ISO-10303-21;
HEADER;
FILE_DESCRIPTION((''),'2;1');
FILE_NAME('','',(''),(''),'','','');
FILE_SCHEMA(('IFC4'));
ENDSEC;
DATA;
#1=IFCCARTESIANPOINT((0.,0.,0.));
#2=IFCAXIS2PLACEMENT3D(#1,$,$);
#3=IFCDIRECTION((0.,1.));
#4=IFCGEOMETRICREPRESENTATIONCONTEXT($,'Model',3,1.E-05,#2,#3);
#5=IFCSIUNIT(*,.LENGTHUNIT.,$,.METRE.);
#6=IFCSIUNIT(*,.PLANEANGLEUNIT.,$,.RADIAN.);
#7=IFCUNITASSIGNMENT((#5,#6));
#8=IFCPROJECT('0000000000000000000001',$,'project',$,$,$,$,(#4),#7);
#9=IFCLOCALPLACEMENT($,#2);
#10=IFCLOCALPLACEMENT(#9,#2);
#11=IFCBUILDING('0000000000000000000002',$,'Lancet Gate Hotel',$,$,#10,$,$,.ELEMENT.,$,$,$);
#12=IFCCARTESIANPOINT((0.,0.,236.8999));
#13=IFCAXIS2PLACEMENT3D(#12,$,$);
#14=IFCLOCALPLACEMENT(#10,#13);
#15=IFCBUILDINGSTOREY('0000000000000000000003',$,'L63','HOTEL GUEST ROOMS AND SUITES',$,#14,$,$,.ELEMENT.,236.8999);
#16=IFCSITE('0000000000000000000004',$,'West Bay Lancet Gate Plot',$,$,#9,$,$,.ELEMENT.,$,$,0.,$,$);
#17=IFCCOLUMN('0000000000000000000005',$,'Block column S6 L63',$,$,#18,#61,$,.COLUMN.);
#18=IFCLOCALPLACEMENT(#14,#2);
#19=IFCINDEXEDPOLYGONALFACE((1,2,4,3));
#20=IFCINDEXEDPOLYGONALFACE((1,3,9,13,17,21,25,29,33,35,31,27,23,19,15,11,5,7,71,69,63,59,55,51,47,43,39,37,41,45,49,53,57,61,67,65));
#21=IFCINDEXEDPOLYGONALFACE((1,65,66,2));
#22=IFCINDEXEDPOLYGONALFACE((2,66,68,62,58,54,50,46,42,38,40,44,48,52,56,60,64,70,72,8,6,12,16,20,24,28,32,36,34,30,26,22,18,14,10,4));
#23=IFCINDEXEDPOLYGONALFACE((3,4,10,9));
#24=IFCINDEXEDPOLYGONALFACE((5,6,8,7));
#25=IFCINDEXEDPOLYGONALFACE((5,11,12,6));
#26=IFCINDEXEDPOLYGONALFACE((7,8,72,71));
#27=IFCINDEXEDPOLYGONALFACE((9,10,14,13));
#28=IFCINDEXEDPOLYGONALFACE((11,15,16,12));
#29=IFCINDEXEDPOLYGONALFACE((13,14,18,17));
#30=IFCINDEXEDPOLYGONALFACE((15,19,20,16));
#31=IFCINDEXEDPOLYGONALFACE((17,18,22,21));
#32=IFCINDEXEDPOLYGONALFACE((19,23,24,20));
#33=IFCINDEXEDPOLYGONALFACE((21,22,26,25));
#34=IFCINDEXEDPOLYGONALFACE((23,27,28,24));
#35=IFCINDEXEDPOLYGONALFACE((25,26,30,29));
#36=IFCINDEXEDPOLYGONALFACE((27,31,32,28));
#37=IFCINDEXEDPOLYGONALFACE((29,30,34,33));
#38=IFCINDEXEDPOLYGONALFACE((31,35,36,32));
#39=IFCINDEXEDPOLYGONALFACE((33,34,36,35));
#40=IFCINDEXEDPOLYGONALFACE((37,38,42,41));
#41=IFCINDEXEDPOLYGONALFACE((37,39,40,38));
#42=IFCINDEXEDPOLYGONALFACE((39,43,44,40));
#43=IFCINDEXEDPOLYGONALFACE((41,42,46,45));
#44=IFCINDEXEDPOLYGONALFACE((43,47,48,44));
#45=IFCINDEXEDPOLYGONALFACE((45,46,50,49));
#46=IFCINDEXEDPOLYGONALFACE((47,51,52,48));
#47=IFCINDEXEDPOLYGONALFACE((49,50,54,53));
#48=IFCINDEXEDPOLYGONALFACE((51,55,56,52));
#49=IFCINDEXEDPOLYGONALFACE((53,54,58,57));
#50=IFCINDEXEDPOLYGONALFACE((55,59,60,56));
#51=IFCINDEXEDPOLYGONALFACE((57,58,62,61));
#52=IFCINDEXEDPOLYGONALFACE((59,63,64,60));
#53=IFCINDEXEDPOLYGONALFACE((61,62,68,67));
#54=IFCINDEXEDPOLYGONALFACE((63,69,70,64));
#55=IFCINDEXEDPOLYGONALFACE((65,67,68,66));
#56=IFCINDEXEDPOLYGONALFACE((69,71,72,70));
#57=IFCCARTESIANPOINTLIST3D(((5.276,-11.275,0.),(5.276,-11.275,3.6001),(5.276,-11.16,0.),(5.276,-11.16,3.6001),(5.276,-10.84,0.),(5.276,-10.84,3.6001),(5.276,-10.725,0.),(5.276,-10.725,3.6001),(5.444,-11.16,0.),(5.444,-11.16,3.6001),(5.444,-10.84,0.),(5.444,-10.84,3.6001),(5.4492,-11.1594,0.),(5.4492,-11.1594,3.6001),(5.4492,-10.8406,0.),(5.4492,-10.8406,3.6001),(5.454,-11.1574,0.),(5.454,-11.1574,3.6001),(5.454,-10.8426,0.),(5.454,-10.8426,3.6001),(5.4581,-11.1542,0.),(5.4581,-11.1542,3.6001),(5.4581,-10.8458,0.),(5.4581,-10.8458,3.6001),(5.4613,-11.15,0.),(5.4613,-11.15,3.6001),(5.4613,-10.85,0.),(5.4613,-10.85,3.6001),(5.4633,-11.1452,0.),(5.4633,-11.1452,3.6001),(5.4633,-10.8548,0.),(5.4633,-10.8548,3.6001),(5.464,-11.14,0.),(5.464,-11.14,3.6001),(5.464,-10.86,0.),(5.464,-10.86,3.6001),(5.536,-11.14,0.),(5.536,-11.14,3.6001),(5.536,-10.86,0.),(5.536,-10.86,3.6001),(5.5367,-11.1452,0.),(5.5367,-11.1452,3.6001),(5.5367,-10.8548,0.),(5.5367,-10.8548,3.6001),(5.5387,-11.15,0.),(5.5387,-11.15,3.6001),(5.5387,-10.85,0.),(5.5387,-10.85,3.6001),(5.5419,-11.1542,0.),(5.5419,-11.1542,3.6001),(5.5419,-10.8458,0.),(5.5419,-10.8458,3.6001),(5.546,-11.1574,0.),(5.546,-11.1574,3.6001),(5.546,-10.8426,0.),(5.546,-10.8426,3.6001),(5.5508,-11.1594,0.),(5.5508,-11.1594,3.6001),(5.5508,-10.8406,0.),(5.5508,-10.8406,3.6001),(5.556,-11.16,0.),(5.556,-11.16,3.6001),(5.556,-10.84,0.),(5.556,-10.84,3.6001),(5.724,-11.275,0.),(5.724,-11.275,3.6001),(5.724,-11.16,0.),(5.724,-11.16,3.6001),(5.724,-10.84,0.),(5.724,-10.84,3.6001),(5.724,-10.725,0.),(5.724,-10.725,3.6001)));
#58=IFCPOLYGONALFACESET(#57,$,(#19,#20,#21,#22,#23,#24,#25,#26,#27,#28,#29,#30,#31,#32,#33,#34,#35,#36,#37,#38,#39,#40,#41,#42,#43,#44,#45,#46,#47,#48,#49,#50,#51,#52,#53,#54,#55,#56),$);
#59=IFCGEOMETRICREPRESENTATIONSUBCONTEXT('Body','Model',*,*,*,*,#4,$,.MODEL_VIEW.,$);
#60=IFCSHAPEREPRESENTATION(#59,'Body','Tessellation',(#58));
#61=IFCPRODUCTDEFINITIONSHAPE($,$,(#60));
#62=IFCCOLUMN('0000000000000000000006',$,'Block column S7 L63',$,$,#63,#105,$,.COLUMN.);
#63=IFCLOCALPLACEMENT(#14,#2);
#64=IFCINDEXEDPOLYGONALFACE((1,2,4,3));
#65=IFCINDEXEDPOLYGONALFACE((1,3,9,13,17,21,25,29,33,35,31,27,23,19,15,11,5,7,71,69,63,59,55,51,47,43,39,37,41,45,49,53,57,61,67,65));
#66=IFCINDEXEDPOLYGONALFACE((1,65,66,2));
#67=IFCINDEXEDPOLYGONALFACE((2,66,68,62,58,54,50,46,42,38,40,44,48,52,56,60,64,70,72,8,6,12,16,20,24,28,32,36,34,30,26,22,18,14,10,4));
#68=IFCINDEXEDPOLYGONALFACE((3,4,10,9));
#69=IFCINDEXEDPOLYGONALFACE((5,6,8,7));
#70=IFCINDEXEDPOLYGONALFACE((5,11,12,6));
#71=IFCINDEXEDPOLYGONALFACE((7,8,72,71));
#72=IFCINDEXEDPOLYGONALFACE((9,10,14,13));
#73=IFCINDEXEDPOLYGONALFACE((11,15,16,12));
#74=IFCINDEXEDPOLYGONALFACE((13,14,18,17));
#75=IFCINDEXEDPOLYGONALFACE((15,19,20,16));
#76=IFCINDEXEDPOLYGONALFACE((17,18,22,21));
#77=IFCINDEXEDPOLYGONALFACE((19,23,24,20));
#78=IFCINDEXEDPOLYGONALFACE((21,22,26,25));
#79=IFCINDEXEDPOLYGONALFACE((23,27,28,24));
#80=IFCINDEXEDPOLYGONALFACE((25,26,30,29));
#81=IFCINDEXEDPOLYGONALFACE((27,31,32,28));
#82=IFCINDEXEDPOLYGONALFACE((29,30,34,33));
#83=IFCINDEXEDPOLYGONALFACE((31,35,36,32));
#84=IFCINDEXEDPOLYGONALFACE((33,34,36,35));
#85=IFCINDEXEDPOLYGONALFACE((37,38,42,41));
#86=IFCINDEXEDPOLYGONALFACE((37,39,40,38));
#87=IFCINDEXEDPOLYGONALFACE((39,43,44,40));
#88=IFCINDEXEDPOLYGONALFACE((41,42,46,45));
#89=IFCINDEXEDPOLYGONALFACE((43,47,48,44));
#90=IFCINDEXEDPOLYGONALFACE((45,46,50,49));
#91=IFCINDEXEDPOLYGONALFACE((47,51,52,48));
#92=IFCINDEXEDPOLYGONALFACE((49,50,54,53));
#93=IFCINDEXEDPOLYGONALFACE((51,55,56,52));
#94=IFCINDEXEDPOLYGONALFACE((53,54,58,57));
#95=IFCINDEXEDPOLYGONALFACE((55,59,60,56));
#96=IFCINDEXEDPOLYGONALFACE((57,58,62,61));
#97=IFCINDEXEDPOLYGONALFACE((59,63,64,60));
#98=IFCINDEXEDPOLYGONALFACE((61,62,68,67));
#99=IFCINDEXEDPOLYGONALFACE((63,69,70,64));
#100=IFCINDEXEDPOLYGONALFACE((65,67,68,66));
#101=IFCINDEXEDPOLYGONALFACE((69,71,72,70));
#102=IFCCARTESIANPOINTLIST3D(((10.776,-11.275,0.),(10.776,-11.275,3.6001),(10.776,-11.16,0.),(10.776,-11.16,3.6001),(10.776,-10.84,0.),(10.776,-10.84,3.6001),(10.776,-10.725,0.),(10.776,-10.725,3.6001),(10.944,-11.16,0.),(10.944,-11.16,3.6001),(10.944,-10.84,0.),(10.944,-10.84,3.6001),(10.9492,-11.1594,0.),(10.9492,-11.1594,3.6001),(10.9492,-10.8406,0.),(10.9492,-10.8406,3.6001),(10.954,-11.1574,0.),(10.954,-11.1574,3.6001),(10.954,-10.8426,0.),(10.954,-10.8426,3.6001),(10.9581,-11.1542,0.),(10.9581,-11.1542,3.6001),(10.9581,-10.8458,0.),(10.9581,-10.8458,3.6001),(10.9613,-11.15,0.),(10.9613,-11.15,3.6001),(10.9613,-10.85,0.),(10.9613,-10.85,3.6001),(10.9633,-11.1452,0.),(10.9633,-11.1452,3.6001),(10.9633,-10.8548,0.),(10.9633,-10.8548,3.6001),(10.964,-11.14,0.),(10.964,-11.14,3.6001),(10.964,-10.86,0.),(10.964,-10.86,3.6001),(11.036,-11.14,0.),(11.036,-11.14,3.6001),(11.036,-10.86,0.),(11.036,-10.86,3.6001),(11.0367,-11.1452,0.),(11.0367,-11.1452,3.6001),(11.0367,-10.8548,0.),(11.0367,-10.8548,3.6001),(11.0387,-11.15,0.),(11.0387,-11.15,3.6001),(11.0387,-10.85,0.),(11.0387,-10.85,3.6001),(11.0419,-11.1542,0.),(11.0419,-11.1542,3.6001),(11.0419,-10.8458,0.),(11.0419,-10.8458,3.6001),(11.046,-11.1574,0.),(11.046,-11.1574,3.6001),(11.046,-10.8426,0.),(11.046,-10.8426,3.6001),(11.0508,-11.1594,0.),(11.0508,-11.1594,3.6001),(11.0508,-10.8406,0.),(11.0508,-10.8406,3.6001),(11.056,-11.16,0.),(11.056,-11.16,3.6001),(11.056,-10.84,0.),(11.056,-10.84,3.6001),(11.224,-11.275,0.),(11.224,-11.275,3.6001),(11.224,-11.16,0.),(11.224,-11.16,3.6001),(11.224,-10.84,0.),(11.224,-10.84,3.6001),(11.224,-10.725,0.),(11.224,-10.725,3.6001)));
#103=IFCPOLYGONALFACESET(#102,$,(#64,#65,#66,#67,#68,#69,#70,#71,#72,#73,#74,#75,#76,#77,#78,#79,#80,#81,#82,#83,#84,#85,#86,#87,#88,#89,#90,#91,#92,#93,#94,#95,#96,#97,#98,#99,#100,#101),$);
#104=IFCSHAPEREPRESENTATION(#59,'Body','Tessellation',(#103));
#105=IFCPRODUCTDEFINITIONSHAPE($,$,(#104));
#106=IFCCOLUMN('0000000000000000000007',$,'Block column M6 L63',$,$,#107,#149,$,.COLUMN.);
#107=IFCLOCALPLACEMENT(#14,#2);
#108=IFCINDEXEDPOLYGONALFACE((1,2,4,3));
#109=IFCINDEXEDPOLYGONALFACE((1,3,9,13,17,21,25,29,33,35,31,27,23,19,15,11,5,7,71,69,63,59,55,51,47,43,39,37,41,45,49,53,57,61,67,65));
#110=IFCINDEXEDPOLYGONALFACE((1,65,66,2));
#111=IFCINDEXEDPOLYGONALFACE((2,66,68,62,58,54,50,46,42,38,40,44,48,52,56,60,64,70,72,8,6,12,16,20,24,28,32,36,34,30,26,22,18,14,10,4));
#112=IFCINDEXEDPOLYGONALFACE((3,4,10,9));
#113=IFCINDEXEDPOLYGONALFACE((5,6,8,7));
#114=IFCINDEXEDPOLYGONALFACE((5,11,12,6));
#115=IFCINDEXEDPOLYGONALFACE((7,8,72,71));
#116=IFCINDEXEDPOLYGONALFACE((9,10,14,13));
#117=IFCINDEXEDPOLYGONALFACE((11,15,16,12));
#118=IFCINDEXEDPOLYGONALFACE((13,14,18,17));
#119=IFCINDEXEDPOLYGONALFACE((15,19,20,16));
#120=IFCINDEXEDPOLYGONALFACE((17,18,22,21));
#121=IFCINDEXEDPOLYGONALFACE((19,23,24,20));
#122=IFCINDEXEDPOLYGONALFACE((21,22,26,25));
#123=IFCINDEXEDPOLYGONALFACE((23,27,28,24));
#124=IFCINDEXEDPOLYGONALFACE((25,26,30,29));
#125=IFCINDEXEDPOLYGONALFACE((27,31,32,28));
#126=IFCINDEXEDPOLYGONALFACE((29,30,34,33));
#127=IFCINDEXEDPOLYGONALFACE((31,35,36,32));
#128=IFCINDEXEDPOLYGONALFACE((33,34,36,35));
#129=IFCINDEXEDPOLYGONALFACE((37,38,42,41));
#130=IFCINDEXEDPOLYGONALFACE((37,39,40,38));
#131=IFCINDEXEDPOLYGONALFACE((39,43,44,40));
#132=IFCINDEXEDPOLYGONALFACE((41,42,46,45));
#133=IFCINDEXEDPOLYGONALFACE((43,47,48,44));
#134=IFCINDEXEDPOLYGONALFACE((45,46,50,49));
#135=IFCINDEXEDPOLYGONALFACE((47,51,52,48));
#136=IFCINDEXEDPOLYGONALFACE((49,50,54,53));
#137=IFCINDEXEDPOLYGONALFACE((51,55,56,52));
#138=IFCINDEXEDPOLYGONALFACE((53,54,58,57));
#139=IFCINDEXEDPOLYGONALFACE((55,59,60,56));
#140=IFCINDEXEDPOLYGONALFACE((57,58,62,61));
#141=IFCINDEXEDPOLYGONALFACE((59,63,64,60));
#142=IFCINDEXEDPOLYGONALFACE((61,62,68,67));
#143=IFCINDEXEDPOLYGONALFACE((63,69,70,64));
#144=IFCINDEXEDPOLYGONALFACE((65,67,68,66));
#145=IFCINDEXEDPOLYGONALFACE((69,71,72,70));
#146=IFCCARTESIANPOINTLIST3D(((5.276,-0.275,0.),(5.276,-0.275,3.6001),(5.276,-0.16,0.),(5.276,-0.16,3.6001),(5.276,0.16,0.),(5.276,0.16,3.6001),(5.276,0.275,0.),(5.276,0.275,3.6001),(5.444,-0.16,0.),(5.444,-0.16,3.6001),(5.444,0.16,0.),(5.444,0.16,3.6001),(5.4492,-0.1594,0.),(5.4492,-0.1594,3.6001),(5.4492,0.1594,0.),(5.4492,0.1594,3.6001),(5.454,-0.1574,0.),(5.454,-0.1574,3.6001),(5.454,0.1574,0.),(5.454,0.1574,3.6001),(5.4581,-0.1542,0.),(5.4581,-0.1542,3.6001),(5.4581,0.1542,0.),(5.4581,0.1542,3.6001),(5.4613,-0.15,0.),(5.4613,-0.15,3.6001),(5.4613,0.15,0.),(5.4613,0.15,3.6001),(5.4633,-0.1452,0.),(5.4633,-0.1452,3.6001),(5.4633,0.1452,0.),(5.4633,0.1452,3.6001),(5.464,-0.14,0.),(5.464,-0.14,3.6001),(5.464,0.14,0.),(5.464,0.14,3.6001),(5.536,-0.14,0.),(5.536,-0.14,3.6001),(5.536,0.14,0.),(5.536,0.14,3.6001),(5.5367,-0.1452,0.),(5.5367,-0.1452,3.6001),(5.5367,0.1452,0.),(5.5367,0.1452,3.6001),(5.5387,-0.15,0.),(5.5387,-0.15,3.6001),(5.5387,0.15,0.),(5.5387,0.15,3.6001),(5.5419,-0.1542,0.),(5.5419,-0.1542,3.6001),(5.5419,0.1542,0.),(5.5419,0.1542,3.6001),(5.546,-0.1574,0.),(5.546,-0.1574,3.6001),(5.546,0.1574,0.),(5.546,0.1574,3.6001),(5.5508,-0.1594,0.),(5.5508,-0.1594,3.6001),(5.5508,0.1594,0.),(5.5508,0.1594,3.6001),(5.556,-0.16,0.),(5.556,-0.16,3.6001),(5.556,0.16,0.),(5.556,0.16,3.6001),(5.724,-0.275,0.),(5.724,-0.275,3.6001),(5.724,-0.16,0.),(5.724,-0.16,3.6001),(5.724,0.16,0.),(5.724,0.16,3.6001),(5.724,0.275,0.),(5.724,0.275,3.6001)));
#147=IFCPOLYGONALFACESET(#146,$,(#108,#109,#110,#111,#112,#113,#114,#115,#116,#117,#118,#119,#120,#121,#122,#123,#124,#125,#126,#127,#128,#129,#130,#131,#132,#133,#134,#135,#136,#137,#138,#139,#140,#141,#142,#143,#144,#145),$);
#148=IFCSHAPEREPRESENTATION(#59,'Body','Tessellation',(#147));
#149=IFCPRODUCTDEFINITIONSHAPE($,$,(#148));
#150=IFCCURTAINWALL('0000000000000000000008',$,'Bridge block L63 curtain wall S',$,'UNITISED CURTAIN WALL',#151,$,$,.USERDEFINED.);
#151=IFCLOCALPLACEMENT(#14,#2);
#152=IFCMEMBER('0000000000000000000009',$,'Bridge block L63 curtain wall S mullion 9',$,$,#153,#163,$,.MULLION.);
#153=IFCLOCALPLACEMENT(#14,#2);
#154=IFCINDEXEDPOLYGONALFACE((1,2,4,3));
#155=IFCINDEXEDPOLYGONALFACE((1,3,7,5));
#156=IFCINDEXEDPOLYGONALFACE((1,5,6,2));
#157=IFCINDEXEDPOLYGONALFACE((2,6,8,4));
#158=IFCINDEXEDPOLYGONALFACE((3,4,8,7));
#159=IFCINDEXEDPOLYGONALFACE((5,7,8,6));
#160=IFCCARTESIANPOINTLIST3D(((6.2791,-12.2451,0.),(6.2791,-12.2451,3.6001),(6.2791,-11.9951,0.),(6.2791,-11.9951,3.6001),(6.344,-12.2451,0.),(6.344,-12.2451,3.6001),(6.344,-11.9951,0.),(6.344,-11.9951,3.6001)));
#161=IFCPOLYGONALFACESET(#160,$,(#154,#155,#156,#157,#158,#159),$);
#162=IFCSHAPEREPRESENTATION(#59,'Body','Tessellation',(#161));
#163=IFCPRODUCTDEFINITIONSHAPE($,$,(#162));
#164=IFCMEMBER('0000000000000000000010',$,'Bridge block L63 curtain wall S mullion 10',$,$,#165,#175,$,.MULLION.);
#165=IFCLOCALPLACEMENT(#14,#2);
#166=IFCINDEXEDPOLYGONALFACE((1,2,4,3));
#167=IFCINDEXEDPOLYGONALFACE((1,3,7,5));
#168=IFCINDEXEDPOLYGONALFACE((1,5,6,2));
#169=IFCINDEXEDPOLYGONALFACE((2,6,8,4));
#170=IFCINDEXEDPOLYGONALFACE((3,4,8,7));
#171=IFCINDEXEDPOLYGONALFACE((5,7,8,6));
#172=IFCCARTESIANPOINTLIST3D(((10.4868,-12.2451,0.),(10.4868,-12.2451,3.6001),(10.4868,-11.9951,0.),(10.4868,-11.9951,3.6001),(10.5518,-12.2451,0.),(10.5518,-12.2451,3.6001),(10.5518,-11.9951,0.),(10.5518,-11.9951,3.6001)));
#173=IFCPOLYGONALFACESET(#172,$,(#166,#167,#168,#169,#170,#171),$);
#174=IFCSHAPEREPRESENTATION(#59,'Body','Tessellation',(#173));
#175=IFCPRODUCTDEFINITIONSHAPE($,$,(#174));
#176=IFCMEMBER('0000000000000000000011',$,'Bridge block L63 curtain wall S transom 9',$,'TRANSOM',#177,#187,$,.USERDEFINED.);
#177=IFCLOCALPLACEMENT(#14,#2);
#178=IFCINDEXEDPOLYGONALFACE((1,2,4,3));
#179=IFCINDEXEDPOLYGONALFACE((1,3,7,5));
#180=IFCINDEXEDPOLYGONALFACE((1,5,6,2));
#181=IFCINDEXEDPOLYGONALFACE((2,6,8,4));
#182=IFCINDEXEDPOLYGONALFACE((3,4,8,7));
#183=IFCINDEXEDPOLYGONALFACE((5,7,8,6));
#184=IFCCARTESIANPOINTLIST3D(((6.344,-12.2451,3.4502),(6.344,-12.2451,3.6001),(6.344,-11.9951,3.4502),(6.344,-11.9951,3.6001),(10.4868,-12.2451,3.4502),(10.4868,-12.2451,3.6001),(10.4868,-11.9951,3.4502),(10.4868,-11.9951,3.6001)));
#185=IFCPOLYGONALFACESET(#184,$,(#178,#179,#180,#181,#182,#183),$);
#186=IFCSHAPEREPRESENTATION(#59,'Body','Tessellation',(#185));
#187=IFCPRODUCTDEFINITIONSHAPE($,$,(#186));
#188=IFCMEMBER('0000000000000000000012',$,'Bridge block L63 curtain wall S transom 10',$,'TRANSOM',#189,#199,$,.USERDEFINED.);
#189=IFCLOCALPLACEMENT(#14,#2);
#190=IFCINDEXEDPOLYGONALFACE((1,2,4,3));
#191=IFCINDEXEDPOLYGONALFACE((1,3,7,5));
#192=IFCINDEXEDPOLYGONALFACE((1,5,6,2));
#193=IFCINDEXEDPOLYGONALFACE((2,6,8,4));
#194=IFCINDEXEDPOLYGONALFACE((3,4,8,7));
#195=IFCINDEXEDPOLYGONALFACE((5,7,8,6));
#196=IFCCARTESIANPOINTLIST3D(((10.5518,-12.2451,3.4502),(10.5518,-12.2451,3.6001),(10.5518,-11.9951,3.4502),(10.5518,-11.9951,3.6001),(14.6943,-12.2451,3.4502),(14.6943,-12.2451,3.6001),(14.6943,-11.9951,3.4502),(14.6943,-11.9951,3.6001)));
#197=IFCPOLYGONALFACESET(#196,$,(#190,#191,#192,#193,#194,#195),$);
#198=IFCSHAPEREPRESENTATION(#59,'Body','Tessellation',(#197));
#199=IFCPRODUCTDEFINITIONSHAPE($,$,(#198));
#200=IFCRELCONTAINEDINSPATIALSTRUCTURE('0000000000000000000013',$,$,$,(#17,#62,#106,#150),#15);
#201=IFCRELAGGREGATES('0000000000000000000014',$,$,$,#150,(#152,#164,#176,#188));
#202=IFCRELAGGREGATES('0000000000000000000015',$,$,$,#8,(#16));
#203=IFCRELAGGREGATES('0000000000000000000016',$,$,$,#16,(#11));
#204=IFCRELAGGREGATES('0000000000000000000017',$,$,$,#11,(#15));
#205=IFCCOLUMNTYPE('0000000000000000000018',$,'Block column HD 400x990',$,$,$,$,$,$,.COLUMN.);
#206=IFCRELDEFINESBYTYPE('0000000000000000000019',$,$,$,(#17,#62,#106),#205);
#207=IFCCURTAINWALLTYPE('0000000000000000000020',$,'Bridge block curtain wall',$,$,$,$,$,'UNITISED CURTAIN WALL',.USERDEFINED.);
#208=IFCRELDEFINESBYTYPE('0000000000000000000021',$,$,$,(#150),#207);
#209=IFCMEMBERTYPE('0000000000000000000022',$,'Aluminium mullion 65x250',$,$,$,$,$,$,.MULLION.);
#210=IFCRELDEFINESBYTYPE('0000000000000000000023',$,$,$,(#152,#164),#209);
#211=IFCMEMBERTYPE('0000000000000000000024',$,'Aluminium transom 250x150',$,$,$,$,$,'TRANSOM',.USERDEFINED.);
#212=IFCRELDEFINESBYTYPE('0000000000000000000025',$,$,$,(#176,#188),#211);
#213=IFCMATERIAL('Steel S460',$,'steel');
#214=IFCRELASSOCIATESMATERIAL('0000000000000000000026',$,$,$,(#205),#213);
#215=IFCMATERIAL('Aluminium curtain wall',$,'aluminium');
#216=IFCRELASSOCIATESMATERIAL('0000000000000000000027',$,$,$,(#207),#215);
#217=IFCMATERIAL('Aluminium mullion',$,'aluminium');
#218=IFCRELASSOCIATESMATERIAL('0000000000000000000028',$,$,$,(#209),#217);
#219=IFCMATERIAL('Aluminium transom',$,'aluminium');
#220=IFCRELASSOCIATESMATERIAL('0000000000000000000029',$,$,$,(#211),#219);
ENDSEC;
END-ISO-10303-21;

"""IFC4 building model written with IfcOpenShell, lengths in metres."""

from ifc_helpers import new_model, si_unit, direction, frame, origin, origin_2d, place, context, subcontext, project, spatial, rectangle, i_section, extrude, material, material_profile, profile_set, type_object, element, aggregate, save


model = new_model("IFC4")

# Units and contexts
model_context = context("Model", 3, precision=1e-05, world=origin(), true_north=direction((0.0, 1.0)))
body_context = subcontext(model_context, "Body", "Model", "MODEL_VIEW")
ifc_project = project(units=[si_unit("LENGTHUNIT", "METRE"), si_unit("PLANEANGLEUNIT", "RADIAN")], contexts=[model_context])

# Site, building, storey
site_placement = place(None, origin())
site = spatial("IfcSite", under=ifc_project, at=site_placement, Name="West Bay Lancet Gate Plot", CompositionType="ELEMENT", RefElevation=0.0)
building_placement = place(site_placement, origin())
building = spatial("IfcBuilding", under=site, at=building_placement, Name="Lancet Gate Hotel", CompositionType="ELEMENT")
storey_placement = place(building_placement, frame((0.0, 0.0, 236.8999)))
storey = spatial("IfcBuildingStorey", under=building, at=storey_placement, Name="L63", Description="HOTEL GUEST ROOMS AND SUITES", CompositionType="ELEMENT", Elevation=236.8999)

# Columns
ifc_material_1 = material(Name="Steel S460", Category="steel")
ifc_material_profile_1 = material_profile(ifc_material_1, i_section(OverallWidth=0.448, OverallDepth=0.55, WebThickness=0.072, FlangeThickness=0.115, FilletRadius=0.02, at=origin_2d()), Name="HD 400x990")
ifc_profile_set_1 = profile_set([ifc_material_profile_1], Name="Steel S460")
column_type = type_object("IfcColumnType", Name="Block column HD 400x990", PredefinedType="COLUMN", material=ifc_profile_set_1)
for number, where, z_axis, x_axis, name in (
    (1, (5.5, -11.0, 0.0), (0.0, 0.0, 1.0), (1.0, 0.0, 0.0), "Block column S6 L63"),
    (2, (11.0, -11.0, 0.0), (0.0, 0.0, 1.0), (1.0, 0.0, 0.0), "Block column S7 L63"),
    (3, (5.5, 0.0, 0.0), (0.0, 0.0, 1.0), (1.0, 0.0, 0.0), "Block column M6 L63"),
):
    element("IfcColumn", number, at=place(storey_placement, frame(where, z_axis=z_axis, x_axis=x_axis)), inside=storey, type_object=column_type, Name=name, PredefinedType="COLUMN", context=body_context, shape_type="SweptSolid", body=[
        extrude(i_section(OverallWidth=0.448, OverallDepth=0.55, WebThickness=0.072, FlangeThickness=0.115, FilletRadius=0.02, at=origin_2d()), origin(), (0.0, 0.0, 1.0), 3.6001),
    ])

# Curtain wall, members
ifc_material_2 = material(Name="Aluminium curtain wall", Category="aluminium")
curtain_wall_type = type_object("IfcCurtainWallType", Name="Bridge block curtain wall", ElementType="UNITISED CURTAIN WALL", PredefinedType="USERDEFINED", material=ifc_material_2)
curtain_wall_placement = place(storey_placement, origin())
curtain_wall = element("IfcCurtainWall", 4, at=curtain_wall_placement, inside=storey, type_object=curtain_wall_type, Name="Bridge block L63 curtain wall S", ObjectType="UNITISED CURTAIN WALL", PredefinedType="USERDEFINED")
ifc_material_3 = material(Name="Aluminium mullion", Category="aluminium")
ifc_material_profile_2 = material_profile(ifc_material_3, rectangle(XDim=0.0649, YDim=0.25, at=origin_2d()), Name="MULLION 65x250")
ifc_profile_set_2 = profile_set([ifc_material_profile_2], Name="Aluminium mullion")
member_type_1 = type_object("IfcMemberType", Name="Aluminium mullion 65x250", PredefinedType="MULLION", material=ifc_profile_set_2)
member_1_placement = place(storey_placement, frame((6.3115, -12.1201, 0.0), z_axis=(0.0, 0.0, 1.0), x_axis=(1.0, 0.0, 0.0)))
member_1 = element("IfcMember", 5, at=member_1_placement, type_object=member_type_1, Name="Bridge block L63 curtain wall S mullion 9", PredefinedType="MULLION", context=body_context, shape_type="SweptSolid", body=[
    extrude(rectangle(XDim=0.0649, YDim=0.25, at=origin_2d()), origin(), (0.0, 0.0, 1.0), 3.6001),
])
member_2_placement = place(storey_placement, frame((10.5193, -12.1201, 0.0), z_axis=(0.0, 0.0, 1.0), x_axis=(1.0, 0.0, 0.0)))
member_2 = element("IfcMember", 6, at=member_2_placement, type_object=member_type_1, Name="Bridge block L63 curtain wall S mullion 10", PredefinedType="MULLION", context=body_context, shape_type="SweptSolid", body=[
    extrude(rectangle(XDim=0.0649, YDim=0.25, at=origin_2d()), origin(), (0.0, 0.0, 1.0), 3.6001),
])
ifc_material_4 = material(Name="Aluminium transom", Category="aluminium")
ifc_material_profile_3 = material_profile(ifc_material_4, rectangle(XDim=0.25, YDim=0.1499, at=origin_2d()), Name="TRANSOM 250x150")
ifc_profile_set_3 = profile_set([ifc_material_profile_3], Name="Aluminium transom")
member_type_2 = type_object("IfcMemberType", Name="Aluminium transom 250x150", ElementType="TRANSOM", PredefinedType="USERDEFINED", material=ifc_profile_set_3)
member_3_placement = place(storey_placement, frame((6.344, -12.1201, 3.5251), z_axis=(1.0, 0.0, 0.0), x_axis=(0.0, 1.0, 0.0)))
member_3 = element("IfcMember", 7, at=member_3_placement, type_object=member_type_2, Name="Bridge block L63 curtain wall S transom 9", ObjectType="TRANSOM", PredefinedType="USERDEFINED", context=body_context, shape_type="SweptSolid", body=[
    extrude(rectangle(XDim=0.25, YDim=0.1499, at=origin_2d()), origin(), (0.0, 0.0, 1.0), 4.1428),
])
member_4_placement = place(storey_placement, frame((10.5518, -12.1201, 3.5251), z_axis=(1.0, 0.0, 0.0), x_axis=(0.0, 1.0, 0.0)))
member_4 = element("IfcMember", 8, at=member_4_placement, type_object=member_type_2, Name="Bridge block L63 curtain wall S transom 10", ObjectType="TRANSOM", PredefinedType="USERDEFINED", context=body_context, shape_type="SweptSolid", body=[
    extrude(rectangle(XDim=0.25, YDim=0.1499, at=origin_2d()), origin(), (0.0, 0.0, 1.0), 4.1426),
])

aggregate(curtain_wall, [member_1, member_2, member_3, member_4])

save(model, "model.ifc")
